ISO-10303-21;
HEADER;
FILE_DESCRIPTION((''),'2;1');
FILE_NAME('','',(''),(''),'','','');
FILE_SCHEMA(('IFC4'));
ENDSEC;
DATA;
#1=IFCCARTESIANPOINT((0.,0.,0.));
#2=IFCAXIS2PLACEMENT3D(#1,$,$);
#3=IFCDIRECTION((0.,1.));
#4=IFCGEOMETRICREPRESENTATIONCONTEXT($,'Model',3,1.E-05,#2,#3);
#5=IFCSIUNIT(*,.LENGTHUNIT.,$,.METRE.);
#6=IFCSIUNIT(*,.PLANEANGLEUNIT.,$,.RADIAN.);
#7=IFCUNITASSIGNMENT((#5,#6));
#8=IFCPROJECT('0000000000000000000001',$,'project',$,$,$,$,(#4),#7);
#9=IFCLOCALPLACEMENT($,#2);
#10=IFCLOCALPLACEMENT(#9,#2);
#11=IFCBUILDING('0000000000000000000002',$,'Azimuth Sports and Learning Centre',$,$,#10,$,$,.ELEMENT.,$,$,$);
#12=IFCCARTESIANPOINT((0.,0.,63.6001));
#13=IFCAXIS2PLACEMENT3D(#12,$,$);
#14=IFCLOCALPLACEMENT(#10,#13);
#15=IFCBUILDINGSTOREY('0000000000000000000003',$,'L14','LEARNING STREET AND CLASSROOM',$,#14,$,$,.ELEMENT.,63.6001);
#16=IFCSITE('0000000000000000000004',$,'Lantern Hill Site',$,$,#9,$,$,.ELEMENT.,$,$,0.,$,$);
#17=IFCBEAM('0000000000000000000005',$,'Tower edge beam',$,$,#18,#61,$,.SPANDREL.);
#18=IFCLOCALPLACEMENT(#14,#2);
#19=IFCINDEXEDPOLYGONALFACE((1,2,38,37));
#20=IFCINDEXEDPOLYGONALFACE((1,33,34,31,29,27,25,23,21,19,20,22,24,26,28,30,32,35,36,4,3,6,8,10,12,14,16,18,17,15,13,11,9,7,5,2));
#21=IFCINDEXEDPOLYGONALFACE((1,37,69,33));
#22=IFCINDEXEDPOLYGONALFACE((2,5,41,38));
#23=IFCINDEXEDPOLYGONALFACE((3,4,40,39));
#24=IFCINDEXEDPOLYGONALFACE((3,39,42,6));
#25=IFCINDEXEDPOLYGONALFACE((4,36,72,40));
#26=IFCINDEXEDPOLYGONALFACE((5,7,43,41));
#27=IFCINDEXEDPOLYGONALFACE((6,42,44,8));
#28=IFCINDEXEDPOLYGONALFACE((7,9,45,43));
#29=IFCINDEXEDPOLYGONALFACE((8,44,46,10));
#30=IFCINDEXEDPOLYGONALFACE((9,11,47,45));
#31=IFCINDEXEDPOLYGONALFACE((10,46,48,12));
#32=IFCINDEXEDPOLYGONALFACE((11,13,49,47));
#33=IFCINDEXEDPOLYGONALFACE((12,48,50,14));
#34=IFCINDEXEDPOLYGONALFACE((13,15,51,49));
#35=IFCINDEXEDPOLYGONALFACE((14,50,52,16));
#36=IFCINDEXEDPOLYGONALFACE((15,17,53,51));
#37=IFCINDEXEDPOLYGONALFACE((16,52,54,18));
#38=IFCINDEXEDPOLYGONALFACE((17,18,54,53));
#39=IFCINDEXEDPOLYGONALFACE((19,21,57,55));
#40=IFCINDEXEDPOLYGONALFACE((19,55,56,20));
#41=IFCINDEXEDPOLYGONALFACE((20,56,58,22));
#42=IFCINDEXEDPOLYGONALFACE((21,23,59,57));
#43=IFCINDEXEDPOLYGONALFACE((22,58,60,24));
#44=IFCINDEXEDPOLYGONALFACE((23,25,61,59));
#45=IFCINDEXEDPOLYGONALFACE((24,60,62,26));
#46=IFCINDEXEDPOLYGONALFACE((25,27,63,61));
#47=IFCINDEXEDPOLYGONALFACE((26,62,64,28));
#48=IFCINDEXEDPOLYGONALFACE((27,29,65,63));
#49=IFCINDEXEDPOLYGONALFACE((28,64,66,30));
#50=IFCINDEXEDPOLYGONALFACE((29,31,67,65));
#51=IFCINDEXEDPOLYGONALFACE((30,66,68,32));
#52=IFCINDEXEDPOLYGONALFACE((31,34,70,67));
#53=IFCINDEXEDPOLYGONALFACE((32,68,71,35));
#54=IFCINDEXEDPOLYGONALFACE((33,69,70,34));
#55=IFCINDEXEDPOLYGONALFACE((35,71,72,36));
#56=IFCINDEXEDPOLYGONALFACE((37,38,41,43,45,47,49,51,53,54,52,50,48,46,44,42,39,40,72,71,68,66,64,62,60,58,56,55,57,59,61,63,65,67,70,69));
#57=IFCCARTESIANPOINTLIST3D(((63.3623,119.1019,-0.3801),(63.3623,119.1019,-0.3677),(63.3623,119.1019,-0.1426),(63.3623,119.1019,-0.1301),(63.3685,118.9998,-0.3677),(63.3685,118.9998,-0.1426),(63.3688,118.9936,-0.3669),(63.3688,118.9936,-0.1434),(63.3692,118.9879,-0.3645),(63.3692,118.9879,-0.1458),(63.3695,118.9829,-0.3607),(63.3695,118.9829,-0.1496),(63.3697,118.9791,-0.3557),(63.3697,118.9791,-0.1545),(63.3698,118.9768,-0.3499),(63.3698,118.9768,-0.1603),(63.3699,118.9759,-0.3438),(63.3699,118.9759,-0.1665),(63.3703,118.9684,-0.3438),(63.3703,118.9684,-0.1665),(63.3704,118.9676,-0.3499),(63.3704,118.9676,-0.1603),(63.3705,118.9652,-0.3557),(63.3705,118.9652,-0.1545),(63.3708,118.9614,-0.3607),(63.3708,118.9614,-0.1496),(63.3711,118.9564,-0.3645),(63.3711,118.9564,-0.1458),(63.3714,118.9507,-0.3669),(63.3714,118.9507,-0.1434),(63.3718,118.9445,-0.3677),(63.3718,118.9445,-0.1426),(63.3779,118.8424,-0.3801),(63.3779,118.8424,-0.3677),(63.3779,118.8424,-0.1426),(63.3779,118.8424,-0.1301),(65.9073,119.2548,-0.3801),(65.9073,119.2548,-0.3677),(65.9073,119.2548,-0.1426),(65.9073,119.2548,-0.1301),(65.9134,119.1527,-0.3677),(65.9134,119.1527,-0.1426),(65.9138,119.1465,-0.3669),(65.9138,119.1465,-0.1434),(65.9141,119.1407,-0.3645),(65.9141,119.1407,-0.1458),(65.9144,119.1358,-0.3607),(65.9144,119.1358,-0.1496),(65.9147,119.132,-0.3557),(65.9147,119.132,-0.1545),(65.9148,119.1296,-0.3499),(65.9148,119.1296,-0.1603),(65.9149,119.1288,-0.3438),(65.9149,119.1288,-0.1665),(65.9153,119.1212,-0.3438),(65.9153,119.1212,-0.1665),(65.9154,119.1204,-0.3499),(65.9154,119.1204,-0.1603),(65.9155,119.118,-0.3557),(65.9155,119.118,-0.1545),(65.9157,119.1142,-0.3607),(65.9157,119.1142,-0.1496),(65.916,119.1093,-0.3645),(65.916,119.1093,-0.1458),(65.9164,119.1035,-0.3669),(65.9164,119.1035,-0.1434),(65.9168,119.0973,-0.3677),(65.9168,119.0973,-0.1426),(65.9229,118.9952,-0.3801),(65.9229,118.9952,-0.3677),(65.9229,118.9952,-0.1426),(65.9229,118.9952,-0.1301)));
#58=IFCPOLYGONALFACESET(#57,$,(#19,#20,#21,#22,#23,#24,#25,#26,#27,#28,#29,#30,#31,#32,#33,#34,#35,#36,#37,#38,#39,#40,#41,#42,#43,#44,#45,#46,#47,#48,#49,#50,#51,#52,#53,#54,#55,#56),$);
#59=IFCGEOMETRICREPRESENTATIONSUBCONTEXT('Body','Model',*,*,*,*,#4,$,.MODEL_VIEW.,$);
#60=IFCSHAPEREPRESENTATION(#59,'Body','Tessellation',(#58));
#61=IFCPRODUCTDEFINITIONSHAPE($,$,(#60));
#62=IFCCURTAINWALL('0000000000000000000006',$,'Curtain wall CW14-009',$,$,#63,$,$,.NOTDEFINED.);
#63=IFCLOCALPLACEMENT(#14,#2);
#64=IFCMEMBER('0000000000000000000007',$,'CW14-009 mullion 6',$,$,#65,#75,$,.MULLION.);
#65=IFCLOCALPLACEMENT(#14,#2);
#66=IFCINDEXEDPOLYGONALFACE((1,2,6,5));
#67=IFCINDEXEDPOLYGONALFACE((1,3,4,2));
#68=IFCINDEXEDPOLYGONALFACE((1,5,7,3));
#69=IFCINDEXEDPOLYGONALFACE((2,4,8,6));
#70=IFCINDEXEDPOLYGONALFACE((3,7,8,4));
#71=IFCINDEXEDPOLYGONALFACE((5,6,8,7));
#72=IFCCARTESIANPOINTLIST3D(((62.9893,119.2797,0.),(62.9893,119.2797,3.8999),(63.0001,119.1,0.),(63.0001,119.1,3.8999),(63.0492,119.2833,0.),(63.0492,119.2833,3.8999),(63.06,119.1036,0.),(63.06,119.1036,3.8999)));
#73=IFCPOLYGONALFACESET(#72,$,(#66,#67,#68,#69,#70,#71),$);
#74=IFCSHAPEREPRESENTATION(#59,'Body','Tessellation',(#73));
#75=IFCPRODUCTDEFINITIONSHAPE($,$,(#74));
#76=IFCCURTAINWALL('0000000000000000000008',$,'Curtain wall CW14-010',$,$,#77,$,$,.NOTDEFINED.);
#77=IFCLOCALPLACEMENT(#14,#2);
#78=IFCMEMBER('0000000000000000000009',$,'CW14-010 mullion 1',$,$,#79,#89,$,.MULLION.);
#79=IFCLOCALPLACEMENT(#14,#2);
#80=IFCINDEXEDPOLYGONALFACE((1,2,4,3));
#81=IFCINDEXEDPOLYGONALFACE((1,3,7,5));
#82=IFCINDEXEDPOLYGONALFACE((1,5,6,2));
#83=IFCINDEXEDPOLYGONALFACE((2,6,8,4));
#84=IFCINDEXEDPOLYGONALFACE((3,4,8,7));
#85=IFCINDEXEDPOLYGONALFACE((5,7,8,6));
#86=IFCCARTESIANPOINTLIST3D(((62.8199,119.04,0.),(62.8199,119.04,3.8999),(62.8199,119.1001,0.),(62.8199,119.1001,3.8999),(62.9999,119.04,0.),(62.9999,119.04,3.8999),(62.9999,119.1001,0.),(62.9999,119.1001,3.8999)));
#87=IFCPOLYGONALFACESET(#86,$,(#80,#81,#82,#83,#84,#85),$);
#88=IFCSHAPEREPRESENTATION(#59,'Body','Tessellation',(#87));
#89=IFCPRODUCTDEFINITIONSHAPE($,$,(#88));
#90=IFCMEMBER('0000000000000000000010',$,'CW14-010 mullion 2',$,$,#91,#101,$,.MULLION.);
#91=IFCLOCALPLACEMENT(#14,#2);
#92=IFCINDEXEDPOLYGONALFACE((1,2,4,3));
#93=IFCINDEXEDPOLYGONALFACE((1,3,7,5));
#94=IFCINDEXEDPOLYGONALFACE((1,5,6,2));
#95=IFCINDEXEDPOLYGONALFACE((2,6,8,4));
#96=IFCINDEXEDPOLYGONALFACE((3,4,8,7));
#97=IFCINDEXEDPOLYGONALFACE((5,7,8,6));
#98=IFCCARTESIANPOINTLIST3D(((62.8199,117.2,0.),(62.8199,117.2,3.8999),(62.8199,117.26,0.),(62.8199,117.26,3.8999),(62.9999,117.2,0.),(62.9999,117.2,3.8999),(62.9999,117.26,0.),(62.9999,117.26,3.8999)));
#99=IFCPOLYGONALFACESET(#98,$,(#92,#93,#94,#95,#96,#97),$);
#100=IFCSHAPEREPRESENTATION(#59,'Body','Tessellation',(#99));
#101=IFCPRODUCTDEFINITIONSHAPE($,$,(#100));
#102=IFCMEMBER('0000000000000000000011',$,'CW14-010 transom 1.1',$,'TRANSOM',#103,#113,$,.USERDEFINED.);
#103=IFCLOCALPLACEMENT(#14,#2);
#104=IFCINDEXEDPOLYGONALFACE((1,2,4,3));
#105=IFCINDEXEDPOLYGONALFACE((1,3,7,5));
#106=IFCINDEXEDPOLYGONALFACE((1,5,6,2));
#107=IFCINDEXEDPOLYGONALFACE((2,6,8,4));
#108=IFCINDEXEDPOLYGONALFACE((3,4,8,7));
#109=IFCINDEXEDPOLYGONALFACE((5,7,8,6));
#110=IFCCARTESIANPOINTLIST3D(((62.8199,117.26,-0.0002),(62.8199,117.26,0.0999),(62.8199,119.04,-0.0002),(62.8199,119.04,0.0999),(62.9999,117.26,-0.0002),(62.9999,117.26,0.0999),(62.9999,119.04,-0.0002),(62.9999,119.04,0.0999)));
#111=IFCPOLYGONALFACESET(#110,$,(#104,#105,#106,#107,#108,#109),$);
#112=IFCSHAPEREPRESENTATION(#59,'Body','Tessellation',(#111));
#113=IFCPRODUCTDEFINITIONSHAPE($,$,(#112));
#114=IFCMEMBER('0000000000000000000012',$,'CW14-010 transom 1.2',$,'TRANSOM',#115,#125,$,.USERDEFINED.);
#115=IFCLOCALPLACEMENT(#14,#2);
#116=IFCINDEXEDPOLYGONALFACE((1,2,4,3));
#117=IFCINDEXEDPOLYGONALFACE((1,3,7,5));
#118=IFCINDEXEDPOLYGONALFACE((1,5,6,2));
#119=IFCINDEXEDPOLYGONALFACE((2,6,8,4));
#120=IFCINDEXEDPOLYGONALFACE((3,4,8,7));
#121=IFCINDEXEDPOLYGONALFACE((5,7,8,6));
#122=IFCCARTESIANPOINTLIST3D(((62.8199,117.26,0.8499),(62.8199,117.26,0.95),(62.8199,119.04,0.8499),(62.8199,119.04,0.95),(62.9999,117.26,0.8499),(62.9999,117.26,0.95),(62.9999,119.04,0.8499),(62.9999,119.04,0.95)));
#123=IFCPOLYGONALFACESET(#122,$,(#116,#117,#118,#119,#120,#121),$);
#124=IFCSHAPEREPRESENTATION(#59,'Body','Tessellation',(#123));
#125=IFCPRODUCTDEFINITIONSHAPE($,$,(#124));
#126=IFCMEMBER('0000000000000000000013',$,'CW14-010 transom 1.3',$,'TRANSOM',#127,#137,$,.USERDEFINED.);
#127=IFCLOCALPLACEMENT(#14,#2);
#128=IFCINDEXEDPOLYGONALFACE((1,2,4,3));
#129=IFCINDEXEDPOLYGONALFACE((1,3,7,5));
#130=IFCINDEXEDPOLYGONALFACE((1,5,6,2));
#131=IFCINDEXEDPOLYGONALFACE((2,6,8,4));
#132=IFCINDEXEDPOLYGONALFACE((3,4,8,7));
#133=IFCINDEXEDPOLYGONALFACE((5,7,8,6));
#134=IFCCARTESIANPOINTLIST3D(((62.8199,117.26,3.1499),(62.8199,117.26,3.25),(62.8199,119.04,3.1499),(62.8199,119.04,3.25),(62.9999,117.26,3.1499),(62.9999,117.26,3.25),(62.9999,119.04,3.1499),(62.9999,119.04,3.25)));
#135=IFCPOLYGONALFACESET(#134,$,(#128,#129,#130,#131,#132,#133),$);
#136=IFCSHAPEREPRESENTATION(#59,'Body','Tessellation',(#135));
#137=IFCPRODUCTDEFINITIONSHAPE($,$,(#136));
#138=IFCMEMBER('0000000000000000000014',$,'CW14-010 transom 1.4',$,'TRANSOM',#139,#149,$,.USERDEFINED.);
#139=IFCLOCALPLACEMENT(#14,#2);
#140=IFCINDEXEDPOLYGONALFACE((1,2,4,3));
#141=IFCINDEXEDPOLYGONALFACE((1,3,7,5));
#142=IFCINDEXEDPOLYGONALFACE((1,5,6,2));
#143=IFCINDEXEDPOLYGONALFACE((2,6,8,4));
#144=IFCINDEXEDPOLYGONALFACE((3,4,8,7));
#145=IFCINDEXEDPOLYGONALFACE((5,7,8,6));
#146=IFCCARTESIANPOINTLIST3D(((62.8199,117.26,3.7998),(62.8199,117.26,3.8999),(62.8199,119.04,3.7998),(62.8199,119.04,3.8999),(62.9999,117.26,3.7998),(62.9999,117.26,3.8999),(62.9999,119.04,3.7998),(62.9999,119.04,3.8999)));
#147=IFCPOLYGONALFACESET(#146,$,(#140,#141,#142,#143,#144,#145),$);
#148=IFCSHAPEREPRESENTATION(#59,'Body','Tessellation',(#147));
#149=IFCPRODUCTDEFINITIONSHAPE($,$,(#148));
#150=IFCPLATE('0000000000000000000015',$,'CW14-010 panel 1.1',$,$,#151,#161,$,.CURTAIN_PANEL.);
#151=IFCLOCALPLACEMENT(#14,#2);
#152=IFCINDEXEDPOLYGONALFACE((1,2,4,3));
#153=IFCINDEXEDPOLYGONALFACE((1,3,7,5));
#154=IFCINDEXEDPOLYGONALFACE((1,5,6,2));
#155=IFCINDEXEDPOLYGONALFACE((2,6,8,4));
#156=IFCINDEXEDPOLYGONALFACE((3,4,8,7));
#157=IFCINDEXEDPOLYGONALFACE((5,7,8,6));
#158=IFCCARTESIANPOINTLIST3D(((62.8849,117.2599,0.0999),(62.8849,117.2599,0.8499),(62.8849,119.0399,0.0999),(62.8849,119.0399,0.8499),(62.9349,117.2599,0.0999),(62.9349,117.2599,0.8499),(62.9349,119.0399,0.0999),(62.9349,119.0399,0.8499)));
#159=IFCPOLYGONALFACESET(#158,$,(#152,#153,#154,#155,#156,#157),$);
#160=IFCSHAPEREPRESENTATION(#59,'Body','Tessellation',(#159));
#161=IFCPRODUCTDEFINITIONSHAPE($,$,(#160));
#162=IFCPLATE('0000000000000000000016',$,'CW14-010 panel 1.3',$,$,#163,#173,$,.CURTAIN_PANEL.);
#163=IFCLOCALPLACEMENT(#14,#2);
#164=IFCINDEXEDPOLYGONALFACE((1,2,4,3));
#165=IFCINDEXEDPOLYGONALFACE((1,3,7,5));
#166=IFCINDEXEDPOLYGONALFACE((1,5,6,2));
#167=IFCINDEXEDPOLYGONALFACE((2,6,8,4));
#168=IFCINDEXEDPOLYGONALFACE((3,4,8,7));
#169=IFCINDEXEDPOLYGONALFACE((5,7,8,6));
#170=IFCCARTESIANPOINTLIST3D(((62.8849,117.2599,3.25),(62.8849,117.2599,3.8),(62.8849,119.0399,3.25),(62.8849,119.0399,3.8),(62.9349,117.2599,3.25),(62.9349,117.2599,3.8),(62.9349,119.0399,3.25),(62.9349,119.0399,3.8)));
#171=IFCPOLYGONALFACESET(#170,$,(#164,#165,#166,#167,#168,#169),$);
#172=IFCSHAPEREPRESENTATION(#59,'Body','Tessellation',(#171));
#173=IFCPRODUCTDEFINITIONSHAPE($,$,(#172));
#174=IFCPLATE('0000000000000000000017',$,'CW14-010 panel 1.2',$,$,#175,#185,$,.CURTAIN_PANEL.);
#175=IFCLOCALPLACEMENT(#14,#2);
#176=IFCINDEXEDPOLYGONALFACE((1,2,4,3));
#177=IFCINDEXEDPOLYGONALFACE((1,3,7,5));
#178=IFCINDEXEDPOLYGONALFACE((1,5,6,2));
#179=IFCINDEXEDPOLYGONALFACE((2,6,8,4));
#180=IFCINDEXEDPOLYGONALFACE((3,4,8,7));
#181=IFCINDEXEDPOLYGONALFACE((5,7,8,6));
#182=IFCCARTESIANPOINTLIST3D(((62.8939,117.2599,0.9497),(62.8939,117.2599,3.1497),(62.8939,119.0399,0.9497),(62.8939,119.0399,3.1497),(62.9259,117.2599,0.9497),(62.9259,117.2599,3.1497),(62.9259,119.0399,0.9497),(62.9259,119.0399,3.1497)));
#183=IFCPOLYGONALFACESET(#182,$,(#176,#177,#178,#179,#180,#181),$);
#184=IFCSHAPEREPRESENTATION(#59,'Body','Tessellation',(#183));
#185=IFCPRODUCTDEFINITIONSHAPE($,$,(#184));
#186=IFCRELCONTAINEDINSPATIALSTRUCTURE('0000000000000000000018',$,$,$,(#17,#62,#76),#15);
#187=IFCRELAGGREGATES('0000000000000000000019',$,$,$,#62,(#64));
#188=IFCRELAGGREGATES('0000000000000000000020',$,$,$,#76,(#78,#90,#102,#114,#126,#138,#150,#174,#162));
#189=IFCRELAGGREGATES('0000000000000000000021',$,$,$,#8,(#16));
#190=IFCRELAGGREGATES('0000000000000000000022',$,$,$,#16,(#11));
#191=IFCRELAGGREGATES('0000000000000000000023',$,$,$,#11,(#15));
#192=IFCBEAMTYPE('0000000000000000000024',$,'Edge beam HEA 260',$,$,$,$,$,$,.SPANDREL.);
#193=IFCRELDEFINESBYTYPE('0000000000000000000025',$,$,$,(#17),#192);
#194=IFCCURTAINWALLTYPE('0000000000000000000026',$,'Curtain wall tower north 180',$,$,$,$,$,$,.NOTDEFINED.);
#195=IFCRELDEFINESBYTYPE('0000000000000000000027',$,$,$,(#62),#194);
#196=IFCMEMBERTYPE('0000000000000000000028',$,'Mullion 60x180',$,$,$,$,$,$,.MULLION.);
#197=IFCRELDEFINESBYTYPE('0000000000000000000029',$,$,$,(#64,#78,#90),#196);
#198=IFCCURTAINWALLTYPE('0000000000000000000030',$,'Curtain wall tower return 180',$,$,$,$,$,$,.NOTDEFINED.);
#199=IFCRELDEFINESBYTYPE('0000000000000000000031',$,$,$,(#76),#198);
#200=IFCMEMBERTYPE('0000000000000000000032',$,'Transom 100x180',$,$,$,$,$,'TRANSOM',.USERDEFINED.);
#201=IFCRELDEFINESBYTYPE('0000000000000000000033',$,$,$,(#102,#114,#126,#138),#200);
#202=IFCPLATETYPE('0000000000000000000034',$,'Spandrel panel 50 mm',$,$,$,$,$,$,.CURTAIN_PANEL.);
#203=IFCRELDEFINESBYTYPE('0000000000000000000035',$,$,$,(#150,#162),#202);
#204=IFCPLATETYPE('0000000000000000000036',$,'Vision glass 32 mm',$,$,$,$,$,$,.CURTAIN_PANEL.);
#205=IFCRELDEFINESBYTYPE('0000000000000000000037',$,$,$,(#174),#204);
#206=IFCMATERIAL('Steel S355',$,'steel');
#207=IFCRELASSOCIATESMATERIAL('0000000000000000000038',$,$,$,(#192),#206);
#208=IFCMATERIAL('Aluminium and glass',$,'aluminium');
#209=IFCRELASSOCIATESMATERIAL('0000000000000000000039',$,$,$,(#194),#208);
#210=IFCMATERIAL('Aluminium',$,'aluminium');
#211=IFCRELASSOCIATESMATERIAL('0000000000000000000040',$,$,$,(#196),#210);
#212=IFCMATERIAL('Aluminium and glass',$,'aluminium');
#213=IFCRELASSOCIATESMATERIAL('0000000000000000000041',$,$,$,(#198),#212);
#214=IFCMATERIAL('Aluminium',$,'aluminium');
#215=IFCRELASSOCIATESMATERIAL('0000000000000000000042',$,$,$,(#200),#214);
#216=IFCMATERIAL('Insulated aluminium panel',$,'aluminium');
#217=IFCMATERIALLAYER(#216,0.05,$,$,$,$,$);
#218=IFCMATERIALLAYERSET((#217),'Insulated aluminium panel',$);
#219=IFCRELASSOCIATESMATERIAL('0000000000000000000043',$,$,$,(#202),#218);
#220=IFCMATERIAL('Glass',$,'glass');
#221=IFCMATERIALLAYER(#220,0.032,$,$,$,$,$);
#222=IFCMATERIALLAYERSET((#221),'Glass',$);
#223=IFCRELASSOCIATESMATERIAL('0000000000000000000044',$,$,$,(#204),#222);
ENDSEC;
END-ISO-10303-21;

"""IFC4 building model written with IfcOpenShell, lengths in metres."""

from ifc_helpers import new_model, si_unit, direction, frame, origin, origin_2d, place, context, subcontext, project, spatial, rectangle, i_section, extrude, material, layer, layer_set, material_profile, profile_set, type_object, element, aggregate, save


model = new_model("IFC4")

# Units and contexts
model_context = context("Model", 3, precision=1e-05, world=origin(), true_north=direction((0.0, 1.0)))
body_context = subcontext(model_context, "Body", "Model", "MODEL_VIEW")
ifc_project = project(units=[si_unit("LENGTHUNIT", "METRE"), si_unit("PLANEANGLEUNIT", "RADIAN")], contexts=[model_context])

# Site, building, storey
site_placement = place(None, origin())
site = spatial("IfcSite", under=ifc_project, at=site_placement, Name="Lantern Hill Site", CompositionType="ELEMENT", RefElevation=0.0)
building_placement = place(site_placement, origin())
building = spatial("IfcBuilding", under=site, at=building_placement, Name="Azimuth Sports and Learning Centre", CompositionType="ELEMENT")
storey_placement = place(building_placement, frame((0.0, 0.0, 63.6001)))
storey = spatial("IfcBuildingStorey", under=building, at=storey_placement, Name="L14", Description="LEARNING STREET AND CLASSROOM", CompositionType="ELEMENT", Elevation=63.6001)

# Beam
ifc_material_1 = material(Name="Steel S355", Category="steel")
ifc_material_profile_1 = material_profile(ifc_material_1, i_section(OverallWidth=0.26, OverallDepth=0.25, WebThickness=0.0076, FlangeThickness=0.0125, FilletRadius=0.0239, at=origin_2d()), Name="HEA 260")
ifc_profile_set_1 = profile_set([ifc_material_profile_1], Name="Steel S355")
beam_type = type_object("IfcBeamType", Name="Edge beam HEA 260", PredefinedType="SPANDREL", material=ifc_profile_set_1)
beam_placement = place(storey_placement, frame((63.3701, 118.9722, -0.2551), z_axis=(0.998202, 0.059946, 0.0), x_axis=(-0.059946, 0.998202, 0.0)))
element("IfcBeam", 1, at=beam_placement, inside=storey, type_object=beam_type, Name="Tower edge beam", PredefinedType="SPANDREL", context=body_context, shape_type="SweptSolid", body=[
    extrude(i_section(OverallWidth=0.26, OverallDepth=0.25, WebThickness=0.0076, FlangeThickness=0.0125, FilletRadius=0.0239, at=origin_2d()), origin(), (0.0, 0.0, 1.0), 2.5496),
])

# Curtain wall, member
ifc_material_2 = material(Name="Aluminium and glass", Category="aluminium")
curtain_wall_type_1 = type_object("IfcCurtainWallType", Name="Curtain wall tower north 180", PredefinedType="NOTDEFINED", material=ifc_material_2)
curtain_wall_1_placement = place(storey_placement, origin())
curtain_wall_1 = element("IfcCurtainWall", 2, at=curtain_wall_1_placement, inside=storey, type_object=curtain_wall_type_1, Name="Curtain wall CW14-009", PredefinedType="NOTDEFINED")
ifc_material_3 = material(Name="Aluminium", Category="aluminium")
ifc_material_profile_2 = material_profile(ifc_material_3, rectangle(XDim=0.1799, YDim=0.0601, at=origin_2d()), Name="Mullion 60x180")
ifc_profile_set_2 = profile_set([ifc_material_profile_2], Name="Aluminium")
member_type_1 = type_object("IfcMemberType", Name="Mullion 60x180", PredefinedType="MULLION", material=ifc_profile_set_2)
member_1_placement = place(storey_placement, frame((63.0247, 119.1917, 0.0), z_axis=(0.0, 0.0, 1.0), x_axis=(0.059892, -0.998205, 0.0)))
member_1 = element("IfcMember", 3, at=member_1_placement, type_object=member_type_1, Name="CW14-009 mullion 6", PredefinedType="MULLION", context=body_context, shape_type="SweptSolid", body=[
    extrude(rectangle(XDim=0.1799, YDim=0.0601, at=origin_2d()), origin(), (0.0, 0.0, 1.0), 3.8999),
])
aggregate(curtain_wall_1, [member_1])

# Curtain wall, members, plates
ifc_material_4 = material(Name="Aluminium and glass", Category="aluminium")
curtain_wall_type_2 = type_object("IfcCurtainWallType", Name="Curtain wall tower return 180", PredefinedType="NOTDEFINED", material=ifc_material_4)
curtain_wall_2_placement = place(storey_placement, origin())
curtain_wall_2 = element("IfcCurtainWall", 4, at=curtain_wall_2_placement, inside=storey, type_object=curtain_wall_type_2, Name="Curtain wall CW14-010", PredefinedType="NOTDEFINED")
member_2_placement = place(storey_placement, frame((62.9099, 119.0701, 0.0), z_axis=(0.0, 0.0, 1.0), x_axis=(1.0, 0.0, 0.0)))
member_2 = element("IfcMember", 5, at=member_2_placement, type_object=member_type_1, Name="CW14-010 mullion 1", PredefinedType="MULLION", context=body_context, shape_type="SweptSolid", body=[
    extrude(rectangle(XDim=0.1799, YDim=0.0601, at=origin_2d()), origin(), (0.0, 0.0, 1.0), 3.8999),
])
member_3_placement = place(storey_placement, frame((62.9099, 117.23, 0.0), z_axis=(0.0, 0.0, 1.0), x_axis=(1.0, 0.0, 0.0)))
member_3 = element("IfcMember", 6, at=member_3_placement, type_object=member_type_1, Name="CW14-010 mullion 2", PredefinedType="MULLION", context=body_context, shape_type="SweptSolid", body=[
    extrude(rectangle(XDim=0.1799, YDim=0.0601, at=origin_2d()), origin(), (0.0, 0.0, 1.0), 3.8999),
])
ifc_material_5 = material(Name="Aluminium", Category="aluminium")
ifc_material_profile_3 = material_profile(ifc_material_5, rectangle(XDim=0.1799, YDim=0.1001, at=origin_2d()), Name="Transom 100x180")
ifc_profile_set_3 = profile_set([ifc_material_profile_3], Name="Aluminium")
member_type_2 = type_object("IfcMemberType", Name="Transom 100x180", ElementType="TRANSOM", PredefinedType="USERDEFINED", material=ifc_profile_set_3)
member_4_placement = place(storey_placement, frame((62.9099, 119.04, 0.0498), z_axis=(0.0, -1.0, 0.0), x_axis=(1.0, 0.0, 0.0)))
member_4 = element("IfcMember", 7, at=member_4_placement, type_object=member_type_2, Name="CW14-010 transom 1.1", ObjectType="TRANSOM", PredefinedType="USERDEFINED", context=body_context, shape_type="SweptSolid", body=[
    extrude(rectangle(XDim=0.1799, YDim=0.1001, at=origin_2d()), origin(), (0.0, 0.0, 1.0), 1.78),
])
member_5_placement = place(storey_placement, frame((62.9099, 119.04, 0.8999), z_axis=(0.0, -1.0, 0.0), x_axis=(1.0, 0.0, 0.0)))
member_5 = element("IfcMember", 8, at=member_5_placement, type_object=member_type_2, Name="CW14-010 transom 1.2", ObjectType="TRANSOM", PredefinedType="USERDEFINED", context=body_context, shape_type="SweptSolid", body=[
    extrude(rectangle(XDim=0.1799, YDim=0.1001, at=origin_2d()), origin(), (0.0, 0.0, 1.0), 1.78),
])
member_6_placement = place(storey_placement, frame((62.9099, 119.04, 3.2), z_axis=(0.0, -1.0, 0.0), x_axis=(1.0, 0.0, 0.0)))
member_6 = element("IfcMember", 9, at=member_6_placement, type_object=member_type_2, Name="CW14-010 transom 1.3", ObjectType="TRANSOM", PredefinedType="USERDEFINED", context=body_context, shape_type="SweptSolid", body=[
    extrude(rectangle(XDim=0.1799, YDim=0.1001, at=origin_2d()), origin(), (0.0, 0.0, 1.0), 1.78),
])
member_7_placement = place(storey_placement, frame((62.9099, 119.04, 3.8499), z_axis=(0.0, -1.0, 0.0), x_axis=(1.0, 0.0, 0.0)))
member_7 = element("IfcMember", 10, at=member_7_placement, type_object=member_type_2, Name="CW14-010 transom 1.4", ObjectType="TRANSOM", PredefinedType="USERDEFINED", context=body_context, shape_type="SweptSolid", body=[
    extrude(rectangle(XDim=0.1799, YDim=0.1001, at=origin_2d()), origin(), (0.0, 0.0, 1.0), 1.78),
])
ifc_material_6 = material(Name="Insulated aluminium panel", Category="aluminium")
ifc_layer_1 = layer(ifc_material_6, 0.05)
ifc_layer_set_1 = layer_set([ifc_layer_1], Name="Insulated aluminium panel")
plate_type_1 = type_object("IfcPlateType", Name="Spandrel panel 50 mm", PredefinedType="CURTAIN_PANEL", material=ifc_layer_set_1)
plate_1_placement = place(storey_placement, frame((62.9099, 118.1499, 0.0999), z_axis=(0.0, 0.0, 1.0), x_axis=(0.0, -1.0, 0.0)))
plate_1 = element("IfcPlate", 11, at=plate_1_placement, type_object=plate_type_1, Name="CW14-010 panel 1.1", PredefinedType="CURTAIN_PANEL", context=body_context, shape_type="SweptSolid", body=[
    extrude(rectangle(XDim=1.78, YDim=0.05, at=origin_2d()), origin(), (0.0, 0.0, 1.0), 0.75),
])
plate_2_placement = place(storey_placement, frame((62.9099, 118.1499, 3.25), z_axis=(0.0, 0.0, 1.0), x_axis=(0.0, -1.0, 0.0)))
plate_2 = element("IfcPlate", 12, at=plate_2_placement, type_object=plate_type_1, Name="CW14-010 panel 1.3", PredefinedType="CURTAIN_PANEL", context=body_context, shape_type="SweptSolid", body=[
    extrude(rectangle(XDim=1.78, YDim=0.05, at=origin_2d()), origin(), (0.0, 0.0, 1.0), 0.55),
])
ifc_material_7 = material(Name="Glass", Category="glass")
ifc_layer_2 = layer(ifc_material_7, 0.032)
ifc_layer_set_2 = layer_set([ifc_layer_2], Name="Glass")
plate_type_2 = type_object("IfcPlateType", Name="Vision glass 32 mm", PredefinedType="CURTAIN_PANEL", material=ifc_layer_set_2)
plate_3_placement = place(storey_placement, frame((62.9099, 118.1499, 0.9497), z_axis=(0.0, 0.0, 1.0), x_axis=(0.0, -1.0, 0.0)))
plate_3 = element("IfcPlate", 13, at=plate_3_placement, type_object=plate_type_2, Name="CW14-010 panel 1.2", PredefinedType="CURTAIN_PANEL", context=body_context, shape_type="SweptSolid", body=[
    extrude(rectangle(XDim=1.78, YDim=0.032, at=origin_2d()), origin(), (0.0, 0.0, 1.0), 2.2),
])
aggregate(curtain_wall_2, [member_2, member_3, member_4, member_5, member_6, member_7, plate_1, plate_3, plate_2])

save(model, "model.ifc")
